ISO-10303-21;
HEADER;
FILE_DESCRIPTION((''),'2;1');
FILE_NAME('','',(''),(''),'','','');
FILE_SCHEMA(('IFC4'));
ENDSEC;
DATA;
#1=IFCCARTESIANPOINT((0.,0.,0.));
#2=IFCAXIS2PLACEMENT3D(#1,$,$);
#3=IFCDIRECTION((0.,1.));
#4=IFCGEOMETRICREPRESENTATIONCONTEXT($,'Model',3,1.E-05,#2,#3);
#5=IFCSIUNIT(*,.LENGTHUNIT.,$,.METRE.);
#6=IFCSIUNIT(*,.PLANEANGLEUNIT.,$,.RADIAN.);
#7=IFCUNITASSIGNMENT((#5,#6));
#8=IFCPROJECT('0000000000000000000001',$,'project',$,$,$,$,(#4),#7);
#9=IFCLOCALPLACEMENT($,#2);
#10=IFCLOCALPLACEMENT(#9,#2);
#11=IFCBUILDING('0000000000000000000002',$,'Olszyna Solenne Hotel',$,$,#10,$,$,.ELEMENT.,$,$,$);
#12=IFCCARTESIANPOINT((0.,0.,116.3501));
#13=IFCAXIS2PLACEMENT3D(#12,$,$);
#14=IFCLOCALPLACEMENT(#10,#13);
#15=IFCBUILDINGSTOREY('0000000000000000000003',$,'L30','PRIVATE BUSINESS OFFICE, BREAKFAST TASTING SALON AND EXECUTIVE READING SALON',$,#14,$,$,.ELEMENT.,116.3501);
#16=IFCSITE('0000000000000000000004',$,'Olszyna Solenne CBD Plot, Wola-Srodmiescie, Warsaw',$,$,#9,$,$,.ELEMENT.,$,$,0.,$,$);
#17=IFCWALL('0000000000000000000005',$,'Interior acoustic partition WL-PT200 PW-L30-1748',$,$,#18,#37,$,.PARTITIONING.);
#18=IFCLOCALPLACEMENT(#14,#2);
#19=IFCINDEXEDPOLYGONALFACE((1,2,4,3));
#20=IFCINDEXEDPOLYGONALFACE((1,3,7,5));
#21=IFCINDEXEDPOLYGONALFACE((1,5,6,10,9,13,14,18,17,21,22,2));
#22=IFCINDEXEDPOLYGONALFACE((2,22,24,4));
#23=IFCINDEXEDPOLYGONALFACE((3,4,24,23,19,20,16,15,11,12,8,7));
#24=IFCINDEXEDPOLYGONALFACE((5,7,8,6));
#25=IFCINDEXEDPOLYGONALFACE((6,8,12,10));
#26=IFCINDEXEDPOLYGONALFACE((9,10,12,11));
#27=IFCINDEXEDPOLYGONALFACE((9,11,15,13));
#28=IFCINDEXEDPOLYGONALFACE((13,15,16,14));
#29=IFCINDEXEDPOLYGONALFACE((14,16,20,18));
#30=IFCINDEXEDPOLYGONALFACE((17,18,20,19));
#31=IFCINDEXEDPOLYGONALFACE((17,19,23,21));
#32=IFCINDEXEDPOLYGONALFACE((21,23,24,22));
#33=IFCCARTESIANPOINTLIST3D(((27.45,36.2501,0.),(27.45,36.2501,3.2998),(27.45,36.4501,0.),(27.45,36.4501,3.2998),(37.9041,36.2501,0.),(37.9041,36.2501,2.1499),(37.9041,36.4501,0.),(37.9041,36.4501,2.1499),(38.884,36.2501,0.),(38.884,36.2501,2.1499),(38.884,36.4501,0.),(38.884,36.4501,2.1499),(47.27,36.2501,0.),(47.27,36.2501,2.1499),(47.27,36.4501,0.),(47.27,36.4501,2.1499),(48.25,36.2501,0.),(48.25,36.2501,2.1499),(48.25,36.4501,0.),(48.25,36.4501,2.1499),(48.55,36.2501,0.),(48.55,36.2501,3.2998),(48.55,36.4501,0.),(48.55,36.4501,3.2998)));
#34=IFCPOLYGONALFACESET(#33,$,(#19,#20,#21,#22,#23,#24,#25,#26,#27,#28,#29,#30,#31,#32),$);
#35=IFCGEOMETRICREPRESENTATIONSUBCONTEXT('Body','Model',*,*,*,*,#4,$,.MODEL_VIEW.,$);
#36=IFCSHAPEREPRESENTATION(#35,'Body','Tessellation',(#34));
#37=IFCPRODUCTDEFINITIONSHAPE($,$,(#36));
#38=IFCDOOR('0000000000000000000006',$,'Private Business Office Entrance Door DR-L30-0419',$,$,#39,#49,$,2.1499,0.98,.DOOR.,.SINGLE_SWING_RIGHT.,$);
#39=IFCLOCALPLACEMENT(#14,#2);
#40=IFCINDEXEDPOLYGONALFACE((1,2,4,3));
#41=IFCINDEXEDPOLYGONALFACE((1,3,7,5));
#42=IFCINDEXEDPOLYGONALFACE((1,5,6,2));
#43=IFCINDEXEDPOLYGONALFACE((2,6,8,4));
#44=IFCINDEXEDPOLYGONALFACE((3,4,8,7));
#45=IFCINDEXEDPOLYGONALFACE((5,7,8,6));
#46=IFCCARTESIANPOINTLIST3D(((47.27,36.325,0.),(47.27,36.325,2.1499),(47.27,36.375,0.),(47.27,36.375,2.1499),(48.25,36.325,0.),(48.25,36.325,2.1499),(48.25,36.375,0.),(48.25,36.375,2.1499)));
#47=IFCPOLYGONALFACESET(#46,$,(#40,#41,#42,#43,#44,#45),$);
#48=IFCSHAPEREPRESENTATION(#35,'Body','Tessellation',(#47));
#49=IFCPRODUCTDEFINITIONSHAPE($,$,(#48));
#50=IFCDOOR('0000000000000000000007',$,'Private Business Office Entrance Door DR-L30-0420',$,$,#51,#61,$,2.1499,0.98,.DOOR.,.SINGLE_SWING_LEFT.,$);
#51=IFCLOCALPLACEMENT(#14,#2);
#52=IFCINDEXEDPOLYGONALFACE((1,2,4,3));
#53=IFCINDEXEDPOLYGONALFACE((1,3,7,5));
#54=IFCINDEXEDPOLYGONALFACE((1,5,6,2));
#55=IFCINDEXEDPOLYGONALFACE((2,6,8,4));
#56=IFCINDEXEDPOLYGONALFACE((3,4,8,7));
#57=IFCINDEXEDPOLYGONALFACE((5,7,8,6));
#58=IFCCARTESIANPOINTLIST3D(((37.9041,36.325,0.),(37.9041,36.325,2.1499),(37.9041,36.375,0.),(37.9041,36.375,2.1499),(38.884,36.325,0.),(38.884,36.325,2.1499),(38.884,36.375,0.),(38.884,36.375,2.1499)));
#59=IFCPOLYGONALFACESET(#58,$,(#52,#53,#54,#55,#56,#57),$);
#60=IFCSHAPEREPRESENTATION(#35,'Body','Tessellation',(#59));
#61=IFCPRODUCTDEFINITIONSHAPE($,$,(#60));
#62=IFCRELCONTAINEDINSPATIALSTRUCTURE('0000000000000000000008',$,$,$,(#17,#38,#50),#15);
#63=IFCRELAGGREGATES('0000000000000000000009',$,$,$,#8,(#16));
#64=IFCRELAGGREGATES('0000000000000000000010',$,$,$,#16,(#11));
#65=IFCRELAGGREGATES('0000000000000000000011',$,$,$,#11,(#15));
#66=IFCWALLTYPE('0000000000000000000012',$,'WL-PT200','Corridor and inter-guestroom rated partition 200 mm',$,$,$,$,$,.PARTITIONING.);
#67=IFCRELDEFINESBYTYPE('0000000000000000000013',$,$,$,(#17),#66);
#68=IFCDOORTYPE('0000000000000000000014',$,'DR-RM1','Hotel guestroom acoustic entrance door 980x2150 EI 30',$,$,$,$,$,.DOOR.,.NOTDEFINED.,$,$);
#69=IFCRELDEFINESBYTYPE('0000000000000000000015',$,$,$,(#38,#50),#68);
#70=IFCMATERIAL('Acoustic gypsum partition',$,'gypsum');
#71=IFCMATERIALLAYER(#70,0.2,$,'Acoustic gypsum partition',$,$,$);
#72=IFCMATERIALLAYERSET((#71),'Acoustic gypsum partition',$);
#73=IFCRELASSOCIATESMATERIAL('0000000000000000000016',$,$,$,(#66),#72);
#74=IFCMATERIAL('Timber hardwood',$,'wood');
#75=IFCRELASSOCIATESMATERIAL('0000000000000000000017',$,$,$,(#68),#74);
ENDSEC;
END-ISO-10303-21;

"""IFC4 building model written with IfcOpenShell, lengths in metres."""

from ifc_helpers import new_model, si_unit, direction, frame, frame_2d, origin, place, context, subcontext, project, spatial, rectangle, extrude, source, transform, mapped, material, layer, layer_set, type_object, type_shapes, element, fill, save


model = new_model("IFC4")

# Units and contexts
model_context = context("Model", 3, precision=1e-05, world=origin(), true_north=direction((0.0, 1.0)))
body_context = subcontext(model_context, "Body", "Model", "MODEL_VIEW")
ifc_project = project(units=[si_unit("LENGTHUNIT", "METRE"), si_unit("PLANEANGLEUNIT", "RADIAN")], contexts=[model_context])

# Site, building, storey
site_placement = place(None, origin())
site = spatial("IfcSite", under=ifc_project, at=site_placement, Name="Olszyna Solenne CBD Plot, Wola-Srodmiescie, Warsaw", CompositionType="ELEMENT", RefElevation=0.0)
building_placement = place(site_placement, origin())
building = spatial("IfcBuilding", under=site, at=building_placement, Name="Olszyna Solenne Hotel", CompositionType="ELEMENT")
storey_placement = place(building_placement, frame((0.0, 0.0, 116.3501)))
storey = spatial("IfcBuildingStorey", under=building, at=storey_placement, Name="L30", Description="PRIVATE BUSINESS OFFICE, BREAKFAST TASTING SALON AND EXECUTIVE READING SALON", CompositionType="ELEMENT", Elevation=116.3501)

# Shared definitions
ifc_material_1 = material(Name="Acoustic gypsum partition", Category="gypsum")

# Shared definitions
ifc_layer_1 = layer(ifc_material_1, 0.2, Name="Acoustic gypsum partition")
ifc_layer_set_1 = layer_set([ifc_layer_1], Name="Acoustic gypsum partition")
wall_type_1 = type_object("IfcWallType", Name="WL-PT200", Description="Corridor and inter-guestroom rated partition 200 mm", PredefinedType="PARTITIONING", material=ifc_layer_set_1)

# Wall, openings, doors
wall_1_placement = place(storey_placement, frame((27.45, 36.3501, 0.0), z_axis=(0.0, 0.0, 1.0), x_axis=(1.0, 0.0, 0.0)))
wall_1 = element("IfcWall", 1, at=wall_1_placement, inside=storey, type_object=wall_type_1, Name="Interior acoustic partition WL-PT200 PW-L30-1748", PredefinedType="PARTITIONING", context=body_context, shape_type="SweptSolid", body=[
    extrude(rectangle(XDim=21.1001, YDim=0.2, at=frame_2d((10.55, 0.0))), origin(), (0.0, 0.0, 1.0), 3.2998),
])
opening_1_placement = place(wall_1_placement, frame((19.8201, 0.0, 0.0)))
opening_1 = element("IfcOpeningElement", 2, at=opening_1_placement, cuts=wall_1, PredefinedType="OPENING", context=body_context, shape_type="SweptSolid", body=[
    extrude(rectangle(XDim=0.98, YDim=2.1499, at=frame_2d((0.49, 1.075))), frame((0.0, 0.1099, 0.0), z_axis=(0.0, -1.0, 0.0), x_axis=(1.0, 0.0, 0.0)), (0.0, 0.0, 1.0), 0.22),
])
opening_2_placement = place(wall_1_placement, frame((10.4541, 0.0, 0.0)))
opening_2 = element("IfcOpeningElement", 3, at=opening_2_placement, cuts=wall_1, PredefinedType="OPENING", context=body_context, shape_type="SweptSolid", body=[
    extrude(rectangle(XDim=0.98, YDim=2.1499, at=frame_2d((0.49, 1.075))), frame((0.0, 0.1099, 0.0), z_axis=(0.0, -1.0, 0.0), x_axis=(1.0, 0.0, 0.0)), (0.0, 0.0, 1.0), 0.22),
])
ifc_material_2 = material(Name="Timber hardwood", Category="wood")
door_type_1 = type_object("IfcDoorType", Name="DR-RM1", Description="Hotel guestroom acoustic entrance door 980x2150 EI 30", OperationType="NOTDEFINED", PredefinedType="DOOR", material=ifc_material_2)
shared_shape_1 = source(origin(), body_context, "Body", "SweptSolid", [
    extrude(rectangle(XDim=0.98, YDim=2.1499, at=frame_2d((0.49, 1.075))), frame((0.0, 0.0249, 0.0), z_axis=(0.0, -1.0, 0.0), x_axis=(1.0, 0.0, 0.0)), (0.0, 0.0, 1.0), 0.05),
])
type_shapes(door_type_1, [shared_shape_1])
door_1_placement = place(opening_1_placement, origin())
door_1 = element("IfcDoor", 4, at=door_1_placement, inside=storey, type_object=door_type_1, Name="Private Business Office Entrance Door DR-L30-0419", OperationType="SINGLE_SWING_RIGHT", OverallHeight=2.1499, OverallWidth=0.98, PredefinedType="DOOR", context=body_context, shape_type="MappedRepresentation", body=[
    mapped(shared_shape_1, transform((0.0, 0.0, 0.0), x_axis=(1.0, 0.0, 0.0), y_axis=(0.0, 1.0, 0.0), z_axis=(0.0, 0.0, 1.0), scale=1.0)),
])
fill(opening_1, door_1)
door_2_placement = place(opening_2_placement, origin())
door_2 = element("IfcDoor", 5, at=door_2_placement, inside=storey, type_object=door_type_1, Name="Private Business Office Entrance Door DR-L30-0420", OperationType="SINGLE_SWING_LEFT", OverallHeight=2.1499, OverallWidth=0.98, PredefinedType="DOOR", context=body_context, shape_type="MappedRepresentation", body=[
    mapped(shared_shape_1, transform((0.0, 0.0, 0.0), x_axis=(1.0, 0.0, 0.0), y_axis=(0.0, 1.0, 0.0), z_axis=(0.0, 0.0, 1.0), scale=1.0)),
])
fill(opening_2, door_2)

save(model, "model.ifc")
